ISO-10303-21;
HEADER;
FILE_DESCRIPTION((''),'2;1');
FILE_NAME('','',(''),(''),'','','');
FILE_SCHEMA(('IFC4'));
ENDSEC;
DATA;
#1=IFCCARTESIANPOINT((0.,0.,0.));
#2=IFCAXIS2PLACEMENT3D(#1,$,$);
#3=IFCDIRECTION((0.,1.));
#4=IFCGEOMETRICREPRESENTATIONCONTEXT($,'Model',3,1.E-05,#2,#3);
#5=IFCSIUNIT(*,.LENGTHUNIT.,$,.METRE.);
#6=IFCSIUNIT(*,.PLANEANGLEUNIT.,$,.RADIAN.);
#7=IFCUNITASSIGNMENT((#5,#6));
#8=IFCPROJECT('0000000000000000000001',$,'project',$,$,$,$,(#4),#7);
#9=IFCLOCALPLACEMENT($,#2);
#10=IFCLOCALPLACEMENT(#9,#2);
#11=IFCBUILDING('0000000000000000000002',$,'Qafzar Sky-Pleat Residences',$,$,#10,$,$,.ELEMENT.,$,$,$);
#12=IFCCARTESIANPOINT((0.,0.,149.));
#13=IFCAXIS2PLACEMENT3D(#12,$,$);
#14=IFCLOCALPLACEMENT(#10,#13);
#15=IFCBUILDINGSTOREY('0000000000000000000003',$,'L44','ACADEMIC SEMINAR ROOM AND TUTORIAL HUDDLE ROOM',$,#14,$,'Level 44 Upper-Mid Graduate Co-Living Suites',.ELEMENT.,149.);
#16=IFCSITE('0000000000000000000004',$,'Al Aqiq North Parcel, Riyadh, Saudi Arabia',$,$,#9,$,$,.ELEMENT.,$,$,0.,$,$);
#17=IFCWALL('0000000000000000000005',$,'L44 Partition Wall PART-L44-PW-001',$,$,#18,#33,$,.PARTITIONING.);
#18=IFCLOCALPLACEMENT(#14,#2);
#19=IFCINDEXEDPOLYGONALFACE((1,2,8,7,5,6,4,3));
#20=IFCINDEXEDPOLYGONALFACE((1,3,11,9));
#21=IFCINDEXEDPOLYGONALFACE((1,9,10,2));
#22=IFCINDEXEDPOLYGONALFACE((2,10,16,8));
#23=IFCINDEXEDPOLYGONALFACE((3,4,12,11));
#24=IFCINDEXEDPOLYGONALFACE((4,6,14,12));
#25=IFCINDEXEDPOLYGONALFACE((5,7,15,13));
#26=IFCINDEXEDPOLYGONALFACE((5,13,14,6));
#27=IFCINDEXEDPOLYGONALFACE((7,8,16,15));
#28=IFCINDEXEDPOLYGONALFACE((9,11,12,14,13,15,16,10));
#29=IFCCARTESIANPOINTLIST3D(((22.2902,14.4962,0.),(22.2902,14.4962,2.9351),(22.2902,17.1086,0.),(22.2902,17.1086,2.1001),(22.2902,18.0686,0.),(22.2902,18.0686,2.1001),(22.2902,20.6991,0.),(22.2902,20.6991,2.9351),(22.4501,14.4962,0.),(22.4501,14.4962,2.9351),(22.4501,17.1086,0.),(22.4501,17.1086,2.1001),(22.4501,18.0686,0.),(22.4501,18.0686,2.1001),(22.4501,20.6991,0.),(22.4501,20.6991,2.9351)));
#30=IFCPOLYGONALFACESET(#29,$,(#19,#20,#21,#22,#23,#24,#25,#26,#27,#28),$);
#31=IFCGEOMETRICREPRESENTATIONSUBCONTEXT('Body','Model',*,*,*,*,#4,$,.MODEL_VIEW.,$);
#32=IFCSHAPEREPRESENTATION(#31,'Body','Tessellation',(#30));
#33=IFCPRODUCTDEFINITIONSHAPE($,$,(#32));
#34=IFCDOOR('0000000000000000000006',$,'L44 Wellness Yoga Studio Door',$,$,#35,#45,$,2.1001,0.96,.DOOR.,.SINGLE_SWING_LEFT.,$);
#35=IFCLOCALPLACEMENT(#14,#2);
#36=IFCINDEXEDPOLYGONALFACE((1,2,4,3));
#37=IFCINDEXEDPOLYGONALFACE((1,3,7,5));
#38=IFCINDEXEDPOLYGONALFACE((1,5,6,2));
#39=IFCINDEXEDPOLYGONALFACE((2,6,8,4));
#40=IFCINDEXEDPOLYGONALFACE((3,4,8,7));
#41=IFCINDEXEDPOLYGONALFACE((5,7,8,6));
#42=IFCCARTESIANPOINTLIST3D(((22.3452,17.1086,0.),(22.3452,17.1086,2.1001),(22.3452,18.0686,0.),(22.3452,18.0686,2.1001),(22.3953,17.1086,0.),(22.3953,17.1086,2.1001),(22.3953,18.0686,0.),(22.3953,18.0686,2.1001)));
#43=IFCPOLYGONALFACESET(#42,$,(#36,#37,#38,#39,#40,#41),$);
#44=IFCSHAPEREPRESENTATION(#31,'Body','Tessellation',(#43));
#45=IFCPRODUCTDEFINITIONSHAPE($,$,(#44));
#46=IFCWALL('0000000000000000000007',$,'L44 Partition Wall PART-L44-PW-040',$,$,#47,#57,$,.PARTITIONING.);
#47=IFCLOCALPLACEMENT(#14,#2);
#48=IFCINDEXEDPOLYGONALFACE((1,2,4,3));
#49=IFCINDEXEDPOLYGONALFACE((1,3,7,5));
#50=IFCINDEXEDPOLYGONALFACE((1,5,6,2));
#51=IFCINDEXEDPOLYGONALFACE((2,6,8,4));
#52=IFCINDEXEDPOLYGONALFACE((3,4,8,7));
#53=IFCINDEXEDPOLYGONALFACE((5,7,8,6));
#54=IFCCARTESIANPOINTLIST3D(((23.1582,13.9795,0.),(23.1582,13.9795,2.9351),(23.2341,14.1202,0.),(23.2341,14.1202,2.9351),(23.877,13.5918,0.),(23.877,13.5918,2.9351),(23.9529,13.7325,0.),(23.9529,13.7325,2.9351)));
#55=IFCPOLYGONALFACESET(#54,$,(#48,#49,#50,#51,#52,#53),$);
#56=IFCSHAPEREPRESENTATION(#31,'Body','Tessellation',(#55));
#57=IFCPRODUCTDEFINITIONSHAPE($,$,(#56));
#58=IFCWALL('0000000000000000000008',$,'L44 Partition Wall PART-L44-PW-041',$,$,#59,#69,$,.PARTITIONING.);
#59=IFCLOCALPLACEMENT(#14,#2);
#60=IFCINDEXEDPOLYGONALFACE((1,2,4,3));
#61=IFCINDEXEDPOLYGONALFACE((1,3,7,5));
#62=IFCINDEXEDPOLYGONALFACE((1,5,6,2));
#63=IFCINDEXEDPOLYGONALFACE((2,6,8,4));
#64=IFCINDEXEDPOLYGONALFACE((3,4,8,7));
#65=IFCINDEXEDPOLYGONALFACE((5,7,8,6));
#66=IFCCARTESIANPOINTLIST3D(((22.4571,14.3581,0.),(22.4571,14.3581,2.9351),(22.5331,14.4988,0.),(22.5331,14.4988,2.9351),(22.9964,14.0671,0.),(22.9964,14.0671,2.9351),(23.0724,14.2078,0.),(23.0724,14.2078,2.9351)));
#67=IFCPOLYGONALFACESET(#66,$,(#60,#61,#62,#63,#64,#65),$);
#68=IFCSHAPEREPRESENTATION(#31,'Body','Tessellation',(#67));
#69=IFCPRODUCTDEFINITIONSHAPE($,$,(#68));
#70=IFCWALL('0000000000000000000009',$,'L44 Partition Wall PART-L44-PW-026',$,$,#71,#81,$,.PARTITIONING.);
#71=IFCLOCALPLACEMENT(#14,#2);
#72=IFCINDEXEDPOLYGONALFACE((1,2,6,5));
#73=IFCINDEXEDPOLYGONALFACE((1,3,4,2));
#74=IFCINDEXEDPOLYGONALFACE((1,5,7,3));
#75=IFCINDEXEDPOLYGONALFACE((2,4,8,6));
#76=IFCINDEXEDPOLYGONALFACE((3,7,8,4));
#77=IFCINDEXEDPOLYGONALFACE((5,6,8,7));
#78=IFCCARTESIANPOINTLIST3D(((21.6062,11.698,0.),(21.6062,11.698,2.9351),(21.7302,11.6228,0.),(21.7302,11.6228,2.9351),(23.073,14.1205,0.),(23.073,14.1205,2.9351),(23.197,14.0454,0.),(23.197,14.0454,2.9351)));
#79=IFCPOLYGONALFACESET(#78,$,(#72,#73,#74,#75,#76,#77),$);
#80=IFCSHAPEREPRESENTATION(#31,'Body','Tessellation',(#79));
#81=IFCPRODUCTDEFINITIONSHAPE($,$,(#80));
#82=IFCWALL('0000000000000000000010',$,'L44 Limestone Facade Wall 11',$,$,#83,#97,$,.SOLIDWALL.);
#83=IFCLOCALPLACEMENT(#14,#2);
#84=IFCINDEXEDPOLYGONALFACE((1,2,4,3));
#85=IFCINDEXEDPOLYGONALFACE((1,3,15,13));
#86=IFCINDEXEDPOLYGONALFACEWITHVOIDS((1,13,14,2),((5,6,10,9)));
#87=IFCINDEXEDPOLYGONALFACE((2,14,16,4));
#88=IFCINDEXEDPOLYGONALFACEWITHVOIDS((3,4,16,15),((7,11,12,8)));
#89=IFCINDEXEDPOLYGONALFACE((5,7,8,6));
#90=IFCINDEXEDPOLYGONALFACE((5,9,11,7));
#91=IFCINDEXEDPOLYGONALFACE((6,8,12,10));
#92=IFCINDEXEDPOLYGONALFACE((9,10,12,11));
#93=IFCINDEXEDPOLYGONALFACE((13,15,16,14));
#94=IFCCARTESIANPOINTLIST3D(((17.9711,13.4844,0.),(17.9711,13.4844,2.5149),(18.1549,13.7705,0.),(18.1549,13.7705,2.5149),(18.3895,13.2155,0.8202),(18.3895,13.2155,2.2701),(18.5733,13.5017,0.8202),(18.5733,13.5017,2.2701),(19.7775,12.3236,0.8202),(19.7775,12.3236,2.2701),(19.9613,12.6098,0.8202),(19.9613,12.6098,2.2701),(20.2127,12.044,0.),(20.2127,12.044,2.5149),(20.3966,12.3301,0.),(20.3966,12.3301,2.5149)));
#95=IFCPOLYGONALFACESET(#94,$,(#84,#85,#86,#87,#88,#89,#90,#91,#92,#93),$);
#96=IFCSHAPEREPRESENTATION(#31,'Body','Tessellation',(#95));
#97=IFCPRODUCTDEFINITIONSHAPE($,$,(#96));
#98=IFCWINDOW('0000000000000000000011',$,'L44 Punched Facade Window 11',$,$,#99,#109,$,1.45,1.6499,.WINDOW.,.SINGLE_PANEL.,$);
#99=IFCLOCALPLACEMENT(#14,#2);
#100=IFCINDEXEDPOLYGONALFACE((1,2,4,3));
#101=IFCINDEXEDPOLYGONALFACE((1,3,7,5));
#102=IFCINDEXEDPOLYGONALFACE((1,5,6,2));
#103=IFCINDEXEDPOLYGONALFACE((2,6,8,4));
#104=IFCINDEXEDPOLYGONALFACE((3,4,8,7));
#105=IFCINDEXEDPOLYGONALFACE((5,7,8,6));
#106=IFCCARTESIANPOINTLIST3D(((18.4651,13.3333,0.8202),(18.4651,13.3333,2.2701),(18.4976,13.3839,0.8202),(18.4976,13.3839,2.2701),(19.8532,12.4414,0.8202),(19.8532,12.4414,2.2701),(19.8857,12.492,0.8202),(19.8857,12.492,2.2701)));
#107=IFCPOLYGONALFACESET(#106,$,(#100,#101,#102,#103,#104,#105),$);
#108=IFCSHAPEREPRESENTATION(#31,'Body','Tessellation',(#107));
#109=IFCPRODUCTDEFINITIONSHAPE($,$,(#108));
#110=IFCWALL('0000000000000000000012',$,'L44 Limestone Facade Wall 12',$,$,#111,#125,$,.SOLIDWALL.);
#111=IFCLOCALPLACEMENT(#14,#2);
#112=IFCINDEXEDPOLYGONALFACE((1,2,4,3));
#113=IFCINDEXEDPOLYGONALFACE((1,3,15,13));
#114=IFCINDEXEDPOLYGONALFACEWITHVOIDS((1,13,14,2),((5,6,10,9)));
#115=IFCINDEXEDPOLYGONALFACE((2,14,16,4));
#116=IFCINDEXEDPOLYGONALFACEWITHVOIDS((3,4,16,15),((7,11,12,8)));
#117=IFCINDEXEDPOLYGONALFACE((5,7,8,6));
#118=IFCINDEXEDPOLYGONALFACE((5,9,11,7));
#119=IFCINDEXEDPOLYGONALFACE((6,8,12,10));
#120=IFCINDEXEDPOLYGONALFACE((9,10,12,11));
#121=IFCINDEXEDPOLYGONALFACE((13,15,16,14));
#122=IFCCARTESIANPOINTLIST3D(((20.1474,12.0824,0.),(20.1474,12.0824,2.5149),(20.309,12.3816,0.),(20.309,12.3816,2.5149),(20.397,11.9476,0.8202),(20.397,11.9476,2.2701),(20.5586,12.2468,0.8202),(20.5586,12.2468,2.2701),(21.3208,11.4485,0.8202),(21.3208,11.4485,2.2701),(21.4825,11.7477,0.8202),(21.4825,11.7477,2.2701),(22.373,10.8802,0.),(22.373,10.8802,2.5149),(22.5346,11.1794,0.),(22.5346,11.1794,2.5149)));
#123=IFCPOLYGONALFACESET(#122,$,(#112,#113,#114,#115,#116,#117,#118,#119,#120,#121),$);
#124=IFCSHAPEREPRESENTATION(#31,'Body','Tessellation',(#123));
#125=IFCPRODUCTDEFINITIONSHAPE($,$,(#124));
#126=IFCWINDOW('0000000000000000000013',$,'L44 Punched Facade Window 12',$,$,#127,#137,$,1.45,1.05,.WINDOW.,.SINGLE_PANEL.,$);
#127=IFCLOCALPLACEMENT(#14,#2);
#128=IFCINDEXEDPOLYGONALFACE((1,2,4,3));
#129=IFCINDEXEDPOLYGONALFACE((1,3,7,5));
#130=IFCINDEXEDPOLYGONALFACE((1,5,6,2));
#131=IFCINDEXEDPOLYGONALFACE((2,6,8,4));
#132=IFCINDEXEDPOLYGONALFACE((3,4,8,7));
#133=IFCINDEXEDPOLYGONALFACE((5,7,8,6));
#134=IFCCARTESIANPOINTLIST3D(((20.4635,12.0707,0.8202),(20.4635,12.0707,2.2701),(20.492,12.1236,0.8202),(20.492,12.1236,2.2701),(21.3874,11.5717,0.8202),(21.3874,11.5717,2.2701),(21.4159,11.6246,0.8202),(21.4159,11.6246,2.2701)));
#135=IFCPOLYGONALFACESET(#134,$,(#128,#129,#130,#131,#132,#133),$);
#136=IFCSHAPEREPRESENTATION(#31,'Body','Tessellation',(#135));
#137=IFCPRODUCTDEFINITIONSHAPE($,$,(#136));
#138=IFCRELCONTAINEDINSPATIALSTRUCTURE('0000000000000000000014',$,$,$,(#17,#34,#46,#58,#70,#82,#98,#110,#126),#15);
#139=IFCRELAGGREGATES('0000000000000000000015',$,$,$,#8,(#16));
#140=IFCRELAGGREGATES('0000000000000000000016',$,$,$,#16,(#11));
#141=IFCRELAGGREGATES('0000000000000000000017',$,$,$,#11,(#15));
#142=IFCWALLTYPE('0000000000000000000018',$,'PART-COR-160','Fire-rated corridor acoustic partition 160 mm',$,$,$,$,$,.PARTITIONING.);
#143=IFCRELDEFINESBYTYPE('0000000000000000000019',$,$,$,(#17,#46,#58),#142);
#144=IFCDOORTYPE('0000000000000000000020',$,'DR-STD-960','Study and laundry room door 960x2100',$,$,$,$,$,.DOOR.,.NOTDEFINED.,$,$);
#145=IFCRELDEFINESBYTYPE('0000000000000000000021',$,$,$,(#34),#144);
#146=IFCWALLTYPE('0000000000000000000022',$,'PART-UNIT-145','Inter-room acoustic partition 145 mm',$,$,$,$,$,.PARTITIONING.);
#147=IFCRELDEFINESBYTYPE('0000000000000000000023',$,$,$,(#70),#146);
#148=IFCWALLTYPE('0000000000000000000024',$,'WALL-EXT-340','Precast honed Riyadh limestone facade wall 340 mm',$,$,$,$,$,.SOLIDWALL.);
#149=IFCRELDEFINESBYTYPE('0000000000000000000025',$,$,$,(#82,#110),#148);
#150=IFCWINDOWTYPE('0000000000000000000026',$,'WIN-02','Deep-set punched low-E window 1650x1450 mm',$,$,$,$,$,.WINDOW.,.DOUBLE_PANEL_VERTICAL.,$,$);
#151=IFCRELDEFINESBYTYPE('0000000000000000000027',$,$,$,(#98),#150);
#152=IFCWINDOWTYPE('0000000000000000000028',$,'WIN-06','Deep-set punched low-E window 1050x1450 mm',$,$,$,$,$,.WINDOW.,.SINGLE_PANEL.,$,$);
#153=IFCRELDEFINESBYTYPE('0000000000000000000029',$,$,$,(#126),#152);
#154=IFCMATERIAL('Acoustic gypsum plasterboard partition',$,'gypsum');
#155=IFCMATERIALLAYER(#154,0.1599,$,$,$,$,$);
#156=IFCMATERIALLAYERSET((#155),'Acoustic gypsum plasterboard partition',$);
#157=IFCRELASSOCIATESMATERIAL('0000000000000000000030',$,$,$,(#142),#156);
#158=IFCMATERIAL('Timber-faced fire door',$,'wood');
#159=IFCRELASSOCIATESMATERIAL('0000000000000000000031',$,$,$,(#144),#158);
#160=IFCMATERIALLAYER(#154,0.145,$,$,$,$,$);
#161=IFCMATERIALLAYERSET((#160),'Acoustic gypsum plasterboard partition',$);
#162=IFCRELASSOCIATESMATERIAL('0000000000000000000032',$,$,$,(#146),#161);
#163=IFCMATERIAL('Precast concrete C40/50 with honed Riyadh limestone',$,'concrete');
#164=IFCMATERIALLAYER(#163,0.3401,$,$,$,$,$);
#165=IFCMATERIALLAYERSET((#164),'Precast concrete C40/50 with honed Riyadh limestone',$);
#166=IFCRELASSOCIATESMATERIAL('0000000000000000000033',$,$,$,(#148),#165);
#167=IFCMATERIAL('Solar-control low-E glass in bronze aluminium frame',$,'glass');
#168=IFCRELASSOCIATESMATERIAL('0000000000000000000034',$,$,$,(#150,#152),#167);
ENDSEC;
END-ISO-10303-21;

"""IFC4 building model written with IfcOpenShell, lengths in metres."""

from ifc_helpers import new_model, si_unit, direction, frame, frame_2d, origin, place, context, subcontext, project, spatial, rectangle, extrude, source, transform, mapped, material, layer, layer_set, type_object, element, fill, save


model = new_model("IFC4")

# Units and contexts
model_context = context("Model", 3, precision=1e-05, world=origin(), true_north=direction((0.0, 1.0)))
body_context = subcontext(model_context, "Body", "Model", "MODEL_VIEW")
ifc_project = project(units=[si_unit("LENGTHUNIT", "METRE"), si_unit("PLANEANGLEUNIT", "RADIAN")], contexts=[model_context])

# Site, building, storey
site_placement = place(None, origin())
site = spatial("IfcSite", under=ifc_project, at=site_placement, Name="Al Aqiq North Parcel, Riyadh, Saudi Arabia", CompositionType="ELEMENT", RefElevation=0.0)
building_placement = place(site_placement, origin())
building = spatial("IfcBuilding", under=site, at=building_placement, Name="Qafzar Sky-Pleat Residences", CompositionType="ELEMENT")
storey_placement = place(building_placement, frame((0.0, 0.0, 149.0)))
storey = spatial("IfcBuildingStorey", under=building, at=storey_placement, Name="L44", Description="ACADEMIC SEMINAR ROOM AND TUTORIAL HUDDLE ROOM", LongName="Level 44 Upper-Mid Graduate Co-Living Suites", CompositionType="ELEMENT", Elevation=149.0)

# Wall, opening, door
ifc_material_1 = material(Name="Acoustic gypsum plasterboard partition", Category="gypsum")
ifc_layer_1 = layer(ifc_material_1, 0.1599)
ifc_layer_set_1 = layer_set([ifc_layer_1], Name="Acoustic gypsum plasterboard partition")
wall_type_1 = type_object("IfcWallType", Name="PART-COR-160", Description="Fire-rated corridor acoustic partition 160 mm", PredefinedType="PARTITIONING", material=ifc_layer_set_1)
wall_1_placement = place(storey_placement, frame((22.3701, 14.4961, 0.0), z_axis=(0.0, 0.0, 1.0), x_axis=(0.0, 1.0, 0.0)))
wall_1 = element("IfcWall", 1, at=wall_1_placement, inside=storey, type_object=wall_type_1, Name="L44 Partition Wall PART-L44-PW-001", PredefinedType="PARTITIONING", context=body_context, shape_type="SweptSolid", body=[
    extrude(rectangle(XDim=6.2029, YDim=0.1599, at=frame_2d((3.1016, 0.0))), origin(), (0.0, 0.0, 1.0), 2.9351),
])
opening_1_placement = place(wall_1_placement, frame((2.6125, 0.0, 0.0)))
opening_1 = element("IfcOpeningElement", 2, at=opening_1_placement, cuts=wall_1, PredefinedType="OPENING", context=body_context, shape_type="SweptSolid", body=[
    extrude(rectangle(XDim=0.96, YDim=2.1001, at=frame_2d((0.48, 1.05))), frame((0.0, 0.0898, 0.0), z_axis=(0.0, -1.0, 0.0), x_axis=(1.0, 0.0, 0.0)), (0.0, 0.0, 1.0), 0.1799),
])
ifc_material_2 = material(Name="Timber-faced fire door", Category="wood")
door_type = type_object("IfcDoorType", Name="DR-STD-960", Description="Study and laundry room door 960x2100", OperationType="NOTDEFINED", PredefinedType="DOOR", material=ifc_material_2)
shared_shape_1 = source(origin(), body_context, "Body", "SweptSolid", [
    extrude(rectangle(XDim=0.96, YDim=2.1001, at=frame_2d((0.48, 1.05))), frame((0.0, 0.0249, 0.0), z_axis=(0.0, -1.0, 0.0), x_axis=(1.0, 0.0, 0.0)), (0.0, 0.0, 1.0), 0.05),
])
door_placement = place(opening_1_placement, origin())
door = element("IfcDoor", 3, at=door_placement, inside=storey, type_object=door_type, Name="L44 Wellness Yoga Studio Door", OperationType="SINGLE_SWING_LEFT", OverallHeight=2.1001, OverallWidth=0.96, PredefinedType="DOOR", context=body_context, shape_type="MappedRepresentation", body=[
    mapped(shared_shape_1, transform((0.0, 0.0, 0.0), x_axis=(1.0, 0.0, 0.0), y_axis=(0.0, 1.0, 0.0), z_axis=(0.0, 0.0, 1.0), scale=1.0)),
])
fill(opening_1, door)

# Walls
wall_2_placement = place(storey_placement, frame((23.1963, 14.0498, 0.0), z_axis=(0.0, 0.0, 1.0), x_axis=(0.880125, -0.474741, 0.0)))
element("IfcWall", 4, at=wall_2_placement, inside=storey, type_object=wall_type_1, Name="L44 Partition Wall PART-L44-PW-040", PredefinedType="PARTITIONING", context=body_context, shape_type="SweptSolid", body=[
    extrude(rectangle(XDim=0.8167, YDim=0.1599, at=frame_2d((0.4082, 0.0))), origin(), (0.0, 0.0, 1.0), 2.9351),
])
wall_3_placement = place(storey_placement, frame((22.4951, 14.4285, 0.0), z_axis=(0.0, 0.0, 1.0), x_axis=(0.880049, -0.474884, 0.0)))
element("IfcWall", 5, at=wall_3_placement, inside=storey, type_object=wall_type_1, Name="L44 Partition Wall PART-L44-PW-041", PredefinedType="PARTITIONING", context=body_context, shape_type="SweptSolid", body=[
    extrude(rectangle(XDim=0.6128, YDim=0.1599, at=frame_2d((0.3064, 0.0))), origin(), (0.0, 0.0, 1.0), 2.9351),
])
ifc_layer_2 = layer(ifc_material_1, 0.145)
ifc_layer_set_2 = layer_set([ifc_layer_2], Name="Acoustic gypsum plasterboard partition")
wall_type_2 = type_object("IfcWallType", Name="PART-UNIT-145", Description="Inter-room acoustic partition 145 mm", PredefinedType="PARTITIONING", material=ifc_layer_set_2)
wall_4_placement = place(storey_placement, frame((21.6682, 11.6604, 0.0), z_axis=(0.0, 0.0, 1.0), x_axis=(0.517927, 0.855425, 0.0)))
element("IfcWall", 6, at=wall_4_placement, inside=storey, type_object=wall_type_2, Name="L44 Partition Wall PART-L44-PW-026", PredefinedType="PARTITIONING", context=body_context, shape_type="SweptSolid", body=[
    extrude(rectangle(XDim=2.832, YDim=0.145, at=frame_2d((1.416, 0.0))), origin(), (0.0, 0.0, 1.0), 2.9351),
])

# Walls, openings, windows
ifc_material_3 = material(Name="Precast concrete C40/50 with honed Riyadh limestone", Category="concrete")
ifc_layer_3 = layer(ifc_material_3, 0.3401)
ifc_layer_set_3 = layer_set([ifc_layer_3], Name="Precast concrete C40/50 with honed Riyadh limestone")
wall_type_3 = type_object("IfcWallType", Name="WALL-EXT-340", Description="Precast honed Riyadh limestone facade wall 340 mm", PredefinedType="SOLIDWALL", material=ifc_layer_set_3)
wall_5_placement = place(storey_placement, frame((18.063, 13.6274, 0.0), z_axis=(0.0, 0.0, 1.0), x_axis=(0.841292, -0.540582, 0.0)))
wall_5 = element("IfcWall", 7, at=wall_5_placement, inside=storey, type_object=wall_type_3, Name="L44 Limestone Facade Wall 11", PredefinedType="SOLIDWALL", context=body_context, shape_type="SweptSolid", body=[
    extrude(rectangle(XDim=2.6646, YDim=0.3401, at=frame_2d((1.3323, 0.0))), origin(), (0.0, 0.0, 1.0), 2.5149),
])
opening_2_placement = place(wall_5_placement, frame((0.4973, 0.0, 0.8201)))
opening_2 = element("IfcOpeningElement", 8, at=opening_2_placement, cuts=wall_5, PredefinedType="OPENING", context=body_context, shape_type="SweptSolid", body=[
    extrude(rectangle(XDim=1.6499, YDim=1.45, at=frame_2d((0.825, 0.7251))), frame((0.0, 0.1802, 0.0), z_axis=(0.0, -1.0, 0.0), x_axis=(1.0, 0.0, 0.0)), (0.0, 0.0, 1.0), 0.3601),
])
ifc_material_4 = material(Name="Solar-control low-E glass in bronze aluminium frame", Category="glass")
window_type_1 = type_object("IfcWindowType", Name="WIN-02", Description="Deep-set punched low-E window 1650x1450 mm", PartitioningType="DOUBLE_PANEL_VERTICAL", PredefinedType="WINDOW", material=ifc_material_4)
shared_shape_2 = source(origin(), body_context, "Body", "SweptSolid", [
    extrude(rectangle(XDim=1.6499, YDim=1.45, at=frame_2d((0.825, 0.7251))), frame((0.0, 0.03, 0.0), z_axis=(0.0, -1.0, 0.0), x_axis=(1.0, 0.0, 0.0)), (0.0, 0.0, 1.0), 0.0601),
])
window_1_placement = place(opening_2_placement, origin())
window_1 = element("IfcWindow", 9, at=window_1_placement, inside=storey, type_object=window_type_1, Name="L44 Punched Facade Window 11", OverallHeight=1.45, OverallWidth=1.6499, PartitioningType="SINGLE_PANEL", PredefinedType="WINDOW", context=body_context, shape_type="MappedRepresentation", body=[
    mapped(shared_shape_2, transform((0.0, 0.0, 0.0), x_axis=(1.0, 0.0, 0.0), y_axis=(0.0, 1.0, 0.0), z_axis=(0.0, 0.0, 1.0), scale=1.0)),
])
fill(opening_2, window_1)
wall_6_placement = place(storey_placement, frame((20.2283, 12.2319, 0.0), z_axis=(0.0, 0.0, 1.0), x_axis=(0.879851, -0.475251, 0.0)))
wall_6 = element("IfcWall", 10, at=wall_6_placement, inside=storey, type_object=wall_type_3, Name="L44 Limestone Facade Wall 12", PredefinedType="SOLIDWALL", context=body_context, shape_type="SweptSolid", body=[
    extrude(rectangle(XDim=2.5295, YDim=0.3401, at=frame_2d((1.2646, 0.0))), origin(), (0.0, 0.0, 1.0), 2.5149),
])
opening_3_placement = place(wall_6_placement, frame((0.2837, 0.0, 0.8201)))
opening_3 = element("IfcOpeningElement", 11, at=opening_3_placement, cuts=wall_6, PredefinedType="OPENING", context=body_context, shape_type="SweptSolid", body=[
    extrude(rectangle(XDim=1.05, YDim=1.45, at=frame_2d((0.5249, 0.7251))), frame((0.0, 0.1802, 0.0), z_axis=(0.0, -1.0, 0.0), x_axis=(1.0, 0.0, 0.0)), (0.0, 0.0, 1.0), 0.3601),
])
window_type_2 = type_object("IfcWindowType", Name="WIN-06", Description="Deep-set punched low-E window 1050x1450 mm", PartitioningType="SINGLE_PANEL", PredefinedType="WINDOW", material=ifc_material_4)
shared_shape_3 = source(origin(), body_context, "Body", "SweptSolid", [
    extrude(rectangle(XDim=1.05, YDim=1.45, at=frame_2d((0.5249, 0.7251))), frame((0.0, 0.03, 0.0), z_axis=(0.0, -1.0, 0.0), x_axis=(1.0, 0.0, 0.0)), (0.0, 0.0, 1.0), 0.0601),
])
window_2_placement = place(opening_3_placement, origin())
window_2 = element("IfcWindow", 12, at=window_2_placement, inside=storey, type_object=window_type_2, Name="L44 Punched Facade Window 12", OverallHeight=1.45, OverallWidth=1.05, PartitioningType="SINGLE_PANEL", PredefinedType="WINDOW", context=body_context, shape_type="MappedRepresentation", body=[
    mapped(shared_shape_3, transform((0.0, 0.0, 0.0), x_axis=(1.0, 0.0, 0.0), y_axis=(0.0, 1.0, 0.0), z_axis=(0.0, 0.0, 1.0), scale=1.0)),
])
fill(opening_3, window_2)

save(model, "model.ifc")
